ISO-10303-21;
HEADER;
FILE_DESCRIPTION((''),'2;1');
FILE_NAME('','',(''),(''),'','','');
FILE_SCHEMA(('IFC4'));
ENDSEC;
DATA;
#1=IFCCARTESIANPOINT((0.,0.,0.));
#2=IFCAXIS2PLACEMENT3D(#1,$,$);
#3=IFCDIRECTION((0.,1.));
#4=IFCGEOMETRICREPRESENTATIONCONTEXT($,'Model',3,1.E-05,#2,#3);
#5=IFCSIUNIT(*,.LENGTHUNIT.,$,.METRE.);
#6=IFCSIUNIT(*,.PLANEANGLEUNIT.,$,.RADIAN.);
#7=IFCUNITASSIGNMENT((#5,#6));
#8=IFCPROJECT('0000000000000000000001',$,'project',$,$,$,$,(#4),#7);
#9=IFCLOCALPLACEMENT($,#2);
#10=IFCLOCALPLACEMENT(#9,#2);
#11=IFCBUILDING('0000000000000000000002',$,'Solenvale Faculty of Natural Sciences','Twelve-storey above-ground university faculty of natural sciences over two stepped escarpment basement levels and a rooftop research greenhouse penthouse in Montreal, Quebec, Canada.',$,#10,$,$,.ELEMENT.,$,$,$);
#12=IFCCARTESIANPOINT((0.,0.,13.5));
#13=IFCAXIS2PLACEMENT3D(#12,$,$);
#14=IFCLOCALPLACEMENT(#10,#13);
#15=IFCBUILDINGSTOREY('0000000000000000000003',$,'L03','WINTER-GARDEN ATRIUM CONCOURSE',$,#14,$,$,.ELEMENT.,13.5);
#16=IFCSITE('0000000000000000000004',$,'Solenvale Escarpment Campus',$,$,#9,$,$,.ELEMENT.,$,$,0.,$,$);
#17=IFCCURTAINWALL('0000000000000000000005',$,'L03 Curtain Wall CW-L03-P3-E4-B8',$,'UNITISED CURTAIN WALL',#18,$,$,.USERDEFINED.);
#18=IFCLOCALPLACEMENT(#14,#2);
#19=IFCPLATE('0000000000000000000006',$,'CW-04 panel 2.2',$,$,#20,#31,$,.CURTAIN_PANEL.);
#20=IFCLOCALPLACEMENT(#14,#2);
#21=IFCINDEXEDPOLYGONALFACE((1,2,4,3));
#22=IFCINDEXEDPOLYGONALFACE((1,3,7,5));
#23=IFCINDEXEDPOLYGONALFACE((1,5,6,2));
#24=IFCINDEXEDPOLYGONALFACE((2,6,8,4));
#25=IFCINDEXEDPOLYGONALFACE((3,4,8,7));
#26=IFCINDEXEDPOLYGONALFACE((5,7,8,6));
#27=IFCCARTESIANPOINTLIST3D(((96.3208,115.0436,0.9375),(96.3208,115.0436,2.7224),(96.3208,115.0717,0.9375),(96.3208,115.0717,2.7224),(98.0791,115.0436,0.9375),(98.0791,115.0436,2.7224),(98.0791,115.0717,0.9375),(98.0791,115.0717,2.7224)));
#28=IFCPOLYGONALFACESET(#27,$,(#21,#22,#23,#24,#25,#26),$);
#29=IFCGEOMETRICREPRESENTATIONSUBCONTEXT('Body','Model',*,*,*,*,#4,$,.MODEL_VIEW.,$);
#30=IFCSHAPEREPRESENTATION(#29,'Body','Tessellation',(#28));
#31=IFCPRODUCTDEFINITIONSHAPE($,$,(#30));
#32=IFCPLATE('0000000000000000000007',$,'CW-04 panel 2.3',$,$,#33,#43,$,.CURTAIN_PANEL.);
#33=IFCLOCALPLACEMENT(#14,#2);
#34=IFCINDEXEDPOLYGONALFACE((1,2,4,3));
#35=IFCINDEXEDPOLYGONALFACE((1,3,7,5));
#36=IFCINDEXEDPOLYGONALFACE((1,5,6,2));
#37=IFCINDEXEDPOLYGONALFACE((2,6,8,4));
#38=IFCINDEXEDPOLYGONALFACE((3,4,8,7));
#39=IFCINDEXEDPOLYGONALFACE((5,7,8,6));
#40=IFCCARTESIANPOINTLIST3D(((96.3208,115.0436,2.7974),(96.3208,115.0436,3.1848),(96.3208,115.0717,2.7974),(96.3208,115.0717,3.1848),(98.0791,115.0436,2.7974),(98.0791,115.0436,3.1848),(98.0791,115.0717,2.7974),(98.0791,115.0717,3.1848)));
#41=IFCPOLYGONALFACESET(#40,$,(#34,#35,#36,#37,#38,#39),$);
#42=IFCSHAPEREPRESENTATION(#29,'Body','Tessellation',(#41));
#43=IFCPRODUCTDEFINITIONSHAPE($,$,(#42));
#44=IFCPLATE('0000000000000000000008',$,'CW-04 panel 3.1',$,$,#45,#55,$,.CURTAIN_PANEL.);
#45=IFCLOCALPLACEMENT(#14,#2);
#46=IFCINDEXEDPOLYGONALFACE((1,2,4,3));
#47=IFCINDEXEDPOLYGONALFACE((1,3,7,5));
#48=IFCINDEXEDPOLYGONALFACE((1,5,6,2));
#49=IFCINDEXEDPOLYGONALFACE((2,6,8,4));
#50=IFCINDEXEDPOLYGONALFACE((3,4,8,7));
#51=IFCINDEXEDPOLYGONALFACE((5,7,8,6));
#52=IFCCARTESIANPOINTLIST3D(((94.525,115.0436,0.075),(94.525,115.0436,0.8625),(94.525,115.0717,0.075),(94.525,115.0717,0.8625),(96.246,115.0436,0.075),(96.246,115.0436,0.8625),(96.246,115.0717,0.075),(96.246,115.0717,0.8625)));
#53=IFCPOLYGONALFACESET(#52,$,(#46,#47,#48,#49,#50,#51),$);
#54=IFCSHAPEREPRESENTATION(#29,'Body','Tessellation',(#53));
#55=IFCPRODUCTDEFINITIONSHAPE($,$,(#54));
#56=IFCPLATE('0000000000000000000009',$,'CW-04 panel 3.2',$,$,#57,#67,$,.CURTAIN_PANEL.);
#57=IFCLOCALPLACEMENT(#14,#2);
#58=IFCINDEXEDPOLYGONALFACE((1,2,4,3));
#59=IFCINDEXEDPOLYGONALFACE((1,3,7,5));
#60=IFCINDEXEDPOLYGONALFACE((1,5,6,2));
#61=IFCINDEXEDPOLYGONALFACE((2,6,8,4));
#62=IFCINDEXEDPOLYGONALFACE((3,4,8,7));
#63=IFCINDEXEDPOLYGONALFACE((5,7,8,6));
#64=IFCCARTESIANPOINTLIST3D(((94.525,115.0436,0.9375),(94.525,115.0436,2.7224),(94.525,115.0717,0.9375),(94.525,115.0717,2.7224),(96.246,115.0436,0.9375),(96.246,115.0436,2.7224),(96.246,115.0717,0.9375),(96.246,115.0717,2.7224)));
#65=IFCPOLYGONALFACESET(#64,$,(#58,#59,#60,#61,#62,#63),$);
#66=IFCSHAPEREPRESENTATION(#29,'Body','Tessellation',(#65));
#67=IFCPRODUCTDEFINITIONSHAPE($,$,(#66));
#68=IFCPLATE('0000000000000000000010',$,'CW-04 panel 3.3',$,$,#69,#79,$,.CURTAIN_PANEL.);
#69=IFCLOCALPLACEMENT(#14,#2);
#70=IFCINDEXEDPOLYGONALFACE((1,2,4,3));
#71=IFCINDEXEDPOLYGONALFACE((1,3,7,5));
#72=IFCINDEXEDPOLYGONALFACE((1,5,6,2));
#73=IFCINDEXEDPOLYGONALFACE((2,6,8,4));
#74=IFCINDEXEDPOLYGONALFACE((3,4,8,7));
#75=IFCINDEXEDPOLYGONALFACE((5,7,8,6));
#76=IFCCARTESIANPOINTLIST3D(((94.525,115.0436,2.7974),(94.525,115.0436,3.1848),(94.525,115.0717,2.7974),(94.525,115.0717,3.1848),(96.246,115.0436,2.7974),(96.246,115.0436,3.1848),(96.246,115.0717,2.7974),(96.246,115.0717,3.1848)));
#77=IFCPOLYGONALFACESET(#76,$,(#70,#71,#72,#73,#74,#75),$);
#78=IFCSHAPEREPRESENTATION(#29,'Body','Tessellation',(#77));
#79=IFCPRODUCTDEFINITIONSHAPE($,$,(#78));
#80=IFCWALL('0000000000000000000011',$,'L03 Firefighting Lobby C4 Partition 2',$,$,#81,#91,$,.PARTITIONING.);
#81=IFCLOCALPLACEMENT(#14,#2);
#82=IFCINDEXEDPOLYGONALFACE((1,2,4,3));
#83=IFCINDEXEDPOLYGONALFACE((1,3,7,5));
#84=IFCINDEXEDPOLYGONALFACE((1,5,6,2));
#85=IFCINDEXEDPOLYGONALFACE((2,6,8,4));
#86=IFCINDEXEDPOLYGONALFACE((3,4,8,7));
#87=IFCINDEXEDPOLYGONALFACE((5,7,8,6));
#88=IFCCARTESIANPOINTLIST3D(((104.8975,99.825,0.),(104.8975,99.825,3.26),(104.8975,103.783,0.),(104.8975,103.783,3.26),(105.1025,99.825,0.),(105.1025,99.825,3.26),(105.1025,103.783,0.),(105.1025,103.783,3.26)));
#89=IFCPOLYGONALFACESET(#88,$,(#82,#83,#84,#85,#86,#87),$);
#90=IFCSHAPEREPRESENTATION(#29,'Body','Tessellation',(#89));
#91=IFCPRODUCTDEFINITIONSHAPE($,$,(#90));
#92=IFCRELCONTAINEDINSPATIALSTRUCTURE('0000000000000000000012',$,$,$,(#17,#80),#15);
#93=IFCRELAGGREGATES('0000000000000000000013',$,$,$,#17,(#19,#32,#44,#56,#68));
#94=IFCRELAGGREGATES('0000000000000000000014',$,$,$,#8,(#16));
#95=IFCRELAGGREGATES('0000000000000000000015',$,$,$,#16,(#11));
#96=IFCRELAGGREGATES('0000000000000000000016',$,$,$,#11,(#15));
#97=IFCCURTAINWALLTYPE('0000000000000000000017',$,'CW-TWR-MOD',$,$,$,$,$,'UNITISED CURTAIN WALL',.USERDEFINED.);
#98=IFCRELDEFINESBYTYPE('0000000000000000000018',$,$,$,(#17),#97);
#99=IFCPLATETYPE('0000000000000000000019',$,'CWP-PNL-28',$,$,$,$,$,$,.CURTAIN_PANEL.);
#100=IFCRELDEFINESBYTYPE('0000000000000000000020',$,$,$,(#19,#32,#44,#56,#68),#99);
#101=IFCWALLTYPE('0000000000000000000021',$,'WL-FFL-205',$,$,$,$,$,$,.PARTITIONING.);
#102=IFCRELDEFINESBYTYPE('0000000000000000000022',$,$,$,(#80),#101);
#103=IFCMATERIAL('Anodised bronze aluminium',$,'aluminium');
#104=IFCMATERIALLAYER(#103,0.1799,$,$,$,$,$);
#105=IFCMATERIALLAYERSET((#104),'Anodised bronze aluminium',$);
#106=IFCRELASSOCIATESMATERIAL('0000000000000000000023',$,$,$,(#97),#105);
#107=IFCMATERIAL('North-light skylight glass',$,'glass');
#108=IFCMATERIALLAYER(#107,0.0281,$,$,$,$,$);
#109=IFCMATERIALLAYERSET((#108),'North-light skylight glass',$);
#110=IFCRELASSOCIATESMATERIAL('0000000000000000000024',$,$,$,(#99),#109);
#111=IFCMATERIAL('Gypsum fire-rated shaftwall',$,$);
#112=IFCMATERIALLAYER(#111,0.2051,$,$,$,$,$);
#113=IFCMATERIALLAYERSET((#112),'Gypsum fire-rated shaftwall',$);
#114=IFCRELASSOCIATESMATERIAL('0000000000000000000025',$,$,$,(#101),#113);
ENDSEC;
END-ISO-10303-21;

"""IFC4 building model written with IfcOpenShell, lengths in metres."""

from ifc_helpers import new_model, si_unit, direction, frame, frame_2d, origin, origin_2d, place, context, subcontext, project, spatial, rectangle, extrude, material, layer, layer_set, type_object, element, aggregate, save


model = new_model("IFC4")

# Units and contexts
model_context = context("Model", 3, precision=1e-05, world=origin(), true_north=direction((0.0, 1.0)))
body_context = subcontext(model_context, "Body", "Model", "MODEL_VIEW")
ifc_project = project(units=[si_unit("LENGTHUNIT", "METRE"), si_unit("PLANEANGLEUNIT", "RADIAN")], contexts=[model_context])

# Site, building, storey
site_placement = place(None, origin())
site = spatial("IfcSite", under=ifc_project, at=site_placement, Name="Solenvale Escarpment Campus", CompositionType="ELEMENT", RefElevation=0.0)
building_placement = place(site_placement, origin())
building = spatial("IfcBuilding", under=site, at=building_placement, Name="Solenvale Faculty of Natural Sciences", Description="Twelve-storey above-ground university faculty of natural sciences over two stepped escarpment basement levels and a rooftop research greenhouse penthouse in Montreal, Quebec, Canada.", CompositionType="ELEMENT")
storey_placement = place(building_placement, frame((0.0, 0.0, 13.5)))
storey = spatial("IfcBuildingStorey", under=building, at=storey_placement, Name="L03", Description="WINTER-GARDEN ATRIUM CONCOURSE", CompositionType="ELEMENT", Elevation=13.5)

# Curtain wall, plates
ifc_material_1 = material(Name="Anodised bronze aluminium", Category="aluminium")
ifc_layer_1 = layer(ifc_material_1, 0.1799)
ifc_layer_set_1 = layer_set([ifc_layer_1], Name="Anodised bronze aluminium")
curtain_wall_type = type_object("IfcCurtainWallType", Name="CW-TWR-MOD", ElementType="UNITISED CURTAIN WALL", PredefinedType="USERDEFINED", material=ifc_layer_set_1)
curtain_wall_placement = place(storey_placement, origin())
curtain_wall = element("IfcCurtainWall", 1, at=curtain_wall_placement, inside=storey, type_object=curtain_wall_type, Name="L03 Curtain Wall CW-L03-P3-E4-B8", ObjectType="UNITISED CURTAIN WALL", PredefinedType="USERDEFINED")
ifc_material_2 = material(Name="North-light skylight glass", Category="glass")
ifc_layer_2 = layer(ifc_material_2, 0.0281)
ifc_layer_set_2 = layer_set([ifc_layer_2], Name="North-light skylight glass")
plate_type = type_object("IfcPlateType", Name="CWP-PNL-28", PredefinedType="CURTAIN_PANEL", material=ifc_layer_set_2)
plate_1_placement = place(storey_placement, frame((97.2, 115.0576, 0.9375), z_axis=(0.0, 0.0, 1.0), x_axis=(-1.0, 0.0, 0.0)))
plate_1 = element("IfcPlate", 2, at=plate_1_placement, type_object=plate_type, Name="CW-04 panel 2.2", PredefinedType="CURTAIN_PANEL", context=body_context, shape_type="SweptSolid", body=[
    extrude(rectangle(XDim=1.7583, YDim=0.0281, at=origin_2d()), origin(), (0.0, 0.0, 1.0), 1.7849),
])
plate_2_placement = place(storey_placement, frame((97.2, 115.0576, 2.7974), z_axis=(0.0, 0.0, 1.0), x_axis=(-1.0, 0.0, 0.0)))
plate_2 = element("IfcPlate", 3, at=plate_2_placement, type_object=plate_type, Name="CW-04 panel 2.3", PredefinedType="CURTAIN_PANEL", context=body_context, shape_type="SweptSolid", body=[
    extrude(rectangle(XDim=1.7583, YDim=0.0281, at=origin_2d()), origin(), (0.0, 0.0, 1.0), 0.3875),
])
plate_3_placement = place(storey_placement, frame((95.3855, 115.0576, 0.075), z_axis=(0.0, 0.0, 1.0), x_axis=(-1.0, 0.0, 0.0)))
plate_3 = element("IfcPlate", 4, at=plate_3_placement, type_object=plate_type, Name="CW-04 panel 3.1", PredefinedType="CURTAIN_PANEL", context=body_context, shape_type="SweptSolid", body=[
    extrude(rectangle(XDim=1.7209, YDim=0.0281, at=origin_2d()), origin(), (0.0, 0.0, 1.0), 0.7876),
])
plate_4_placement = place(storey_placement, frame((95.3855, 115.0576, 0.9375), z_axis=(0.0, 0.0, 1.0), x_axis=(-1.0, 0.0, 0.0)))
plate_4 = element("IfcPlate", 5, at=plate_4_placement, type_object=plate_type, Name="CW-04 panel 3.2", PredefinedType="CURTAIN_PANEL", context=body_context, shape_type="SweptSolid", body=[
    extrude(rectangle(XDim=1.7209, YDim=0.0281, at=origin_2d()), origin(), (0.0, 0.0, 1.0), 1.7849),
])
plate_5_placement = place(storey_placement, frame((95.3855, 115.0576, 2.7974), z_axis=(0.0, 0.0, 1.0), x_axis=(-1.0, 0.0, 0.0)))
plate_5 = element("IfcPlate", 6, at=plate_5_placement, type_object=plate_type, Name="CW-04 panel 3.3", PredefinedType="CURTAIN_PANEL", context=body_context, shape_type="SweptSolid", body=[
    extrude(rectangle(XDim=1.7209, YDim=0.0281, at=origin_2d()), origin(), (0.0, 0.0, 1.0), 0.3875),
])
aggregate(curtain_wall, [plate_1, plate_2, plate_3, plate_4, plate_5])

# Shared definitions
ifc_material_3 = material(Name="Gypsum fire-rated shaftwall")
ifc_layer_3 = layer(ifc_material_3, 0.2051)
ifc_layer_set_3 = layer_set([ifc_layer_3], Name="Gypsum fire-rated shaftwall")
wall_type = type_object("IfcWallType", Name="WL-FFL-205", PredefinedType="PARTITIONING", material=ifc_layer_set_3)

# Wall
wall_1_placement = place(storey_placement, frame((105.0, 103.783, 0.0), z_axis=(0.0, 0.0, 1.0), x_axis=(0.0, -1.0, 0.0)))
element("IfcWall", 7, at=wall_1_placement, inside=storey, type_object=wall_type, Name="L03 Firefighting Lobby C4 Partition 2", PredefinedType="PARTITIONING", context=body_context, shape_type="SweptSolid", body=[
    extrude(rectangle(XDim=3.958, YDim=0.2051, at=frame_2d((1.979, 0.0))), origin(), (0.0, 0.0, 1.0), 3.26),
])

save(model, "model.ifc")
